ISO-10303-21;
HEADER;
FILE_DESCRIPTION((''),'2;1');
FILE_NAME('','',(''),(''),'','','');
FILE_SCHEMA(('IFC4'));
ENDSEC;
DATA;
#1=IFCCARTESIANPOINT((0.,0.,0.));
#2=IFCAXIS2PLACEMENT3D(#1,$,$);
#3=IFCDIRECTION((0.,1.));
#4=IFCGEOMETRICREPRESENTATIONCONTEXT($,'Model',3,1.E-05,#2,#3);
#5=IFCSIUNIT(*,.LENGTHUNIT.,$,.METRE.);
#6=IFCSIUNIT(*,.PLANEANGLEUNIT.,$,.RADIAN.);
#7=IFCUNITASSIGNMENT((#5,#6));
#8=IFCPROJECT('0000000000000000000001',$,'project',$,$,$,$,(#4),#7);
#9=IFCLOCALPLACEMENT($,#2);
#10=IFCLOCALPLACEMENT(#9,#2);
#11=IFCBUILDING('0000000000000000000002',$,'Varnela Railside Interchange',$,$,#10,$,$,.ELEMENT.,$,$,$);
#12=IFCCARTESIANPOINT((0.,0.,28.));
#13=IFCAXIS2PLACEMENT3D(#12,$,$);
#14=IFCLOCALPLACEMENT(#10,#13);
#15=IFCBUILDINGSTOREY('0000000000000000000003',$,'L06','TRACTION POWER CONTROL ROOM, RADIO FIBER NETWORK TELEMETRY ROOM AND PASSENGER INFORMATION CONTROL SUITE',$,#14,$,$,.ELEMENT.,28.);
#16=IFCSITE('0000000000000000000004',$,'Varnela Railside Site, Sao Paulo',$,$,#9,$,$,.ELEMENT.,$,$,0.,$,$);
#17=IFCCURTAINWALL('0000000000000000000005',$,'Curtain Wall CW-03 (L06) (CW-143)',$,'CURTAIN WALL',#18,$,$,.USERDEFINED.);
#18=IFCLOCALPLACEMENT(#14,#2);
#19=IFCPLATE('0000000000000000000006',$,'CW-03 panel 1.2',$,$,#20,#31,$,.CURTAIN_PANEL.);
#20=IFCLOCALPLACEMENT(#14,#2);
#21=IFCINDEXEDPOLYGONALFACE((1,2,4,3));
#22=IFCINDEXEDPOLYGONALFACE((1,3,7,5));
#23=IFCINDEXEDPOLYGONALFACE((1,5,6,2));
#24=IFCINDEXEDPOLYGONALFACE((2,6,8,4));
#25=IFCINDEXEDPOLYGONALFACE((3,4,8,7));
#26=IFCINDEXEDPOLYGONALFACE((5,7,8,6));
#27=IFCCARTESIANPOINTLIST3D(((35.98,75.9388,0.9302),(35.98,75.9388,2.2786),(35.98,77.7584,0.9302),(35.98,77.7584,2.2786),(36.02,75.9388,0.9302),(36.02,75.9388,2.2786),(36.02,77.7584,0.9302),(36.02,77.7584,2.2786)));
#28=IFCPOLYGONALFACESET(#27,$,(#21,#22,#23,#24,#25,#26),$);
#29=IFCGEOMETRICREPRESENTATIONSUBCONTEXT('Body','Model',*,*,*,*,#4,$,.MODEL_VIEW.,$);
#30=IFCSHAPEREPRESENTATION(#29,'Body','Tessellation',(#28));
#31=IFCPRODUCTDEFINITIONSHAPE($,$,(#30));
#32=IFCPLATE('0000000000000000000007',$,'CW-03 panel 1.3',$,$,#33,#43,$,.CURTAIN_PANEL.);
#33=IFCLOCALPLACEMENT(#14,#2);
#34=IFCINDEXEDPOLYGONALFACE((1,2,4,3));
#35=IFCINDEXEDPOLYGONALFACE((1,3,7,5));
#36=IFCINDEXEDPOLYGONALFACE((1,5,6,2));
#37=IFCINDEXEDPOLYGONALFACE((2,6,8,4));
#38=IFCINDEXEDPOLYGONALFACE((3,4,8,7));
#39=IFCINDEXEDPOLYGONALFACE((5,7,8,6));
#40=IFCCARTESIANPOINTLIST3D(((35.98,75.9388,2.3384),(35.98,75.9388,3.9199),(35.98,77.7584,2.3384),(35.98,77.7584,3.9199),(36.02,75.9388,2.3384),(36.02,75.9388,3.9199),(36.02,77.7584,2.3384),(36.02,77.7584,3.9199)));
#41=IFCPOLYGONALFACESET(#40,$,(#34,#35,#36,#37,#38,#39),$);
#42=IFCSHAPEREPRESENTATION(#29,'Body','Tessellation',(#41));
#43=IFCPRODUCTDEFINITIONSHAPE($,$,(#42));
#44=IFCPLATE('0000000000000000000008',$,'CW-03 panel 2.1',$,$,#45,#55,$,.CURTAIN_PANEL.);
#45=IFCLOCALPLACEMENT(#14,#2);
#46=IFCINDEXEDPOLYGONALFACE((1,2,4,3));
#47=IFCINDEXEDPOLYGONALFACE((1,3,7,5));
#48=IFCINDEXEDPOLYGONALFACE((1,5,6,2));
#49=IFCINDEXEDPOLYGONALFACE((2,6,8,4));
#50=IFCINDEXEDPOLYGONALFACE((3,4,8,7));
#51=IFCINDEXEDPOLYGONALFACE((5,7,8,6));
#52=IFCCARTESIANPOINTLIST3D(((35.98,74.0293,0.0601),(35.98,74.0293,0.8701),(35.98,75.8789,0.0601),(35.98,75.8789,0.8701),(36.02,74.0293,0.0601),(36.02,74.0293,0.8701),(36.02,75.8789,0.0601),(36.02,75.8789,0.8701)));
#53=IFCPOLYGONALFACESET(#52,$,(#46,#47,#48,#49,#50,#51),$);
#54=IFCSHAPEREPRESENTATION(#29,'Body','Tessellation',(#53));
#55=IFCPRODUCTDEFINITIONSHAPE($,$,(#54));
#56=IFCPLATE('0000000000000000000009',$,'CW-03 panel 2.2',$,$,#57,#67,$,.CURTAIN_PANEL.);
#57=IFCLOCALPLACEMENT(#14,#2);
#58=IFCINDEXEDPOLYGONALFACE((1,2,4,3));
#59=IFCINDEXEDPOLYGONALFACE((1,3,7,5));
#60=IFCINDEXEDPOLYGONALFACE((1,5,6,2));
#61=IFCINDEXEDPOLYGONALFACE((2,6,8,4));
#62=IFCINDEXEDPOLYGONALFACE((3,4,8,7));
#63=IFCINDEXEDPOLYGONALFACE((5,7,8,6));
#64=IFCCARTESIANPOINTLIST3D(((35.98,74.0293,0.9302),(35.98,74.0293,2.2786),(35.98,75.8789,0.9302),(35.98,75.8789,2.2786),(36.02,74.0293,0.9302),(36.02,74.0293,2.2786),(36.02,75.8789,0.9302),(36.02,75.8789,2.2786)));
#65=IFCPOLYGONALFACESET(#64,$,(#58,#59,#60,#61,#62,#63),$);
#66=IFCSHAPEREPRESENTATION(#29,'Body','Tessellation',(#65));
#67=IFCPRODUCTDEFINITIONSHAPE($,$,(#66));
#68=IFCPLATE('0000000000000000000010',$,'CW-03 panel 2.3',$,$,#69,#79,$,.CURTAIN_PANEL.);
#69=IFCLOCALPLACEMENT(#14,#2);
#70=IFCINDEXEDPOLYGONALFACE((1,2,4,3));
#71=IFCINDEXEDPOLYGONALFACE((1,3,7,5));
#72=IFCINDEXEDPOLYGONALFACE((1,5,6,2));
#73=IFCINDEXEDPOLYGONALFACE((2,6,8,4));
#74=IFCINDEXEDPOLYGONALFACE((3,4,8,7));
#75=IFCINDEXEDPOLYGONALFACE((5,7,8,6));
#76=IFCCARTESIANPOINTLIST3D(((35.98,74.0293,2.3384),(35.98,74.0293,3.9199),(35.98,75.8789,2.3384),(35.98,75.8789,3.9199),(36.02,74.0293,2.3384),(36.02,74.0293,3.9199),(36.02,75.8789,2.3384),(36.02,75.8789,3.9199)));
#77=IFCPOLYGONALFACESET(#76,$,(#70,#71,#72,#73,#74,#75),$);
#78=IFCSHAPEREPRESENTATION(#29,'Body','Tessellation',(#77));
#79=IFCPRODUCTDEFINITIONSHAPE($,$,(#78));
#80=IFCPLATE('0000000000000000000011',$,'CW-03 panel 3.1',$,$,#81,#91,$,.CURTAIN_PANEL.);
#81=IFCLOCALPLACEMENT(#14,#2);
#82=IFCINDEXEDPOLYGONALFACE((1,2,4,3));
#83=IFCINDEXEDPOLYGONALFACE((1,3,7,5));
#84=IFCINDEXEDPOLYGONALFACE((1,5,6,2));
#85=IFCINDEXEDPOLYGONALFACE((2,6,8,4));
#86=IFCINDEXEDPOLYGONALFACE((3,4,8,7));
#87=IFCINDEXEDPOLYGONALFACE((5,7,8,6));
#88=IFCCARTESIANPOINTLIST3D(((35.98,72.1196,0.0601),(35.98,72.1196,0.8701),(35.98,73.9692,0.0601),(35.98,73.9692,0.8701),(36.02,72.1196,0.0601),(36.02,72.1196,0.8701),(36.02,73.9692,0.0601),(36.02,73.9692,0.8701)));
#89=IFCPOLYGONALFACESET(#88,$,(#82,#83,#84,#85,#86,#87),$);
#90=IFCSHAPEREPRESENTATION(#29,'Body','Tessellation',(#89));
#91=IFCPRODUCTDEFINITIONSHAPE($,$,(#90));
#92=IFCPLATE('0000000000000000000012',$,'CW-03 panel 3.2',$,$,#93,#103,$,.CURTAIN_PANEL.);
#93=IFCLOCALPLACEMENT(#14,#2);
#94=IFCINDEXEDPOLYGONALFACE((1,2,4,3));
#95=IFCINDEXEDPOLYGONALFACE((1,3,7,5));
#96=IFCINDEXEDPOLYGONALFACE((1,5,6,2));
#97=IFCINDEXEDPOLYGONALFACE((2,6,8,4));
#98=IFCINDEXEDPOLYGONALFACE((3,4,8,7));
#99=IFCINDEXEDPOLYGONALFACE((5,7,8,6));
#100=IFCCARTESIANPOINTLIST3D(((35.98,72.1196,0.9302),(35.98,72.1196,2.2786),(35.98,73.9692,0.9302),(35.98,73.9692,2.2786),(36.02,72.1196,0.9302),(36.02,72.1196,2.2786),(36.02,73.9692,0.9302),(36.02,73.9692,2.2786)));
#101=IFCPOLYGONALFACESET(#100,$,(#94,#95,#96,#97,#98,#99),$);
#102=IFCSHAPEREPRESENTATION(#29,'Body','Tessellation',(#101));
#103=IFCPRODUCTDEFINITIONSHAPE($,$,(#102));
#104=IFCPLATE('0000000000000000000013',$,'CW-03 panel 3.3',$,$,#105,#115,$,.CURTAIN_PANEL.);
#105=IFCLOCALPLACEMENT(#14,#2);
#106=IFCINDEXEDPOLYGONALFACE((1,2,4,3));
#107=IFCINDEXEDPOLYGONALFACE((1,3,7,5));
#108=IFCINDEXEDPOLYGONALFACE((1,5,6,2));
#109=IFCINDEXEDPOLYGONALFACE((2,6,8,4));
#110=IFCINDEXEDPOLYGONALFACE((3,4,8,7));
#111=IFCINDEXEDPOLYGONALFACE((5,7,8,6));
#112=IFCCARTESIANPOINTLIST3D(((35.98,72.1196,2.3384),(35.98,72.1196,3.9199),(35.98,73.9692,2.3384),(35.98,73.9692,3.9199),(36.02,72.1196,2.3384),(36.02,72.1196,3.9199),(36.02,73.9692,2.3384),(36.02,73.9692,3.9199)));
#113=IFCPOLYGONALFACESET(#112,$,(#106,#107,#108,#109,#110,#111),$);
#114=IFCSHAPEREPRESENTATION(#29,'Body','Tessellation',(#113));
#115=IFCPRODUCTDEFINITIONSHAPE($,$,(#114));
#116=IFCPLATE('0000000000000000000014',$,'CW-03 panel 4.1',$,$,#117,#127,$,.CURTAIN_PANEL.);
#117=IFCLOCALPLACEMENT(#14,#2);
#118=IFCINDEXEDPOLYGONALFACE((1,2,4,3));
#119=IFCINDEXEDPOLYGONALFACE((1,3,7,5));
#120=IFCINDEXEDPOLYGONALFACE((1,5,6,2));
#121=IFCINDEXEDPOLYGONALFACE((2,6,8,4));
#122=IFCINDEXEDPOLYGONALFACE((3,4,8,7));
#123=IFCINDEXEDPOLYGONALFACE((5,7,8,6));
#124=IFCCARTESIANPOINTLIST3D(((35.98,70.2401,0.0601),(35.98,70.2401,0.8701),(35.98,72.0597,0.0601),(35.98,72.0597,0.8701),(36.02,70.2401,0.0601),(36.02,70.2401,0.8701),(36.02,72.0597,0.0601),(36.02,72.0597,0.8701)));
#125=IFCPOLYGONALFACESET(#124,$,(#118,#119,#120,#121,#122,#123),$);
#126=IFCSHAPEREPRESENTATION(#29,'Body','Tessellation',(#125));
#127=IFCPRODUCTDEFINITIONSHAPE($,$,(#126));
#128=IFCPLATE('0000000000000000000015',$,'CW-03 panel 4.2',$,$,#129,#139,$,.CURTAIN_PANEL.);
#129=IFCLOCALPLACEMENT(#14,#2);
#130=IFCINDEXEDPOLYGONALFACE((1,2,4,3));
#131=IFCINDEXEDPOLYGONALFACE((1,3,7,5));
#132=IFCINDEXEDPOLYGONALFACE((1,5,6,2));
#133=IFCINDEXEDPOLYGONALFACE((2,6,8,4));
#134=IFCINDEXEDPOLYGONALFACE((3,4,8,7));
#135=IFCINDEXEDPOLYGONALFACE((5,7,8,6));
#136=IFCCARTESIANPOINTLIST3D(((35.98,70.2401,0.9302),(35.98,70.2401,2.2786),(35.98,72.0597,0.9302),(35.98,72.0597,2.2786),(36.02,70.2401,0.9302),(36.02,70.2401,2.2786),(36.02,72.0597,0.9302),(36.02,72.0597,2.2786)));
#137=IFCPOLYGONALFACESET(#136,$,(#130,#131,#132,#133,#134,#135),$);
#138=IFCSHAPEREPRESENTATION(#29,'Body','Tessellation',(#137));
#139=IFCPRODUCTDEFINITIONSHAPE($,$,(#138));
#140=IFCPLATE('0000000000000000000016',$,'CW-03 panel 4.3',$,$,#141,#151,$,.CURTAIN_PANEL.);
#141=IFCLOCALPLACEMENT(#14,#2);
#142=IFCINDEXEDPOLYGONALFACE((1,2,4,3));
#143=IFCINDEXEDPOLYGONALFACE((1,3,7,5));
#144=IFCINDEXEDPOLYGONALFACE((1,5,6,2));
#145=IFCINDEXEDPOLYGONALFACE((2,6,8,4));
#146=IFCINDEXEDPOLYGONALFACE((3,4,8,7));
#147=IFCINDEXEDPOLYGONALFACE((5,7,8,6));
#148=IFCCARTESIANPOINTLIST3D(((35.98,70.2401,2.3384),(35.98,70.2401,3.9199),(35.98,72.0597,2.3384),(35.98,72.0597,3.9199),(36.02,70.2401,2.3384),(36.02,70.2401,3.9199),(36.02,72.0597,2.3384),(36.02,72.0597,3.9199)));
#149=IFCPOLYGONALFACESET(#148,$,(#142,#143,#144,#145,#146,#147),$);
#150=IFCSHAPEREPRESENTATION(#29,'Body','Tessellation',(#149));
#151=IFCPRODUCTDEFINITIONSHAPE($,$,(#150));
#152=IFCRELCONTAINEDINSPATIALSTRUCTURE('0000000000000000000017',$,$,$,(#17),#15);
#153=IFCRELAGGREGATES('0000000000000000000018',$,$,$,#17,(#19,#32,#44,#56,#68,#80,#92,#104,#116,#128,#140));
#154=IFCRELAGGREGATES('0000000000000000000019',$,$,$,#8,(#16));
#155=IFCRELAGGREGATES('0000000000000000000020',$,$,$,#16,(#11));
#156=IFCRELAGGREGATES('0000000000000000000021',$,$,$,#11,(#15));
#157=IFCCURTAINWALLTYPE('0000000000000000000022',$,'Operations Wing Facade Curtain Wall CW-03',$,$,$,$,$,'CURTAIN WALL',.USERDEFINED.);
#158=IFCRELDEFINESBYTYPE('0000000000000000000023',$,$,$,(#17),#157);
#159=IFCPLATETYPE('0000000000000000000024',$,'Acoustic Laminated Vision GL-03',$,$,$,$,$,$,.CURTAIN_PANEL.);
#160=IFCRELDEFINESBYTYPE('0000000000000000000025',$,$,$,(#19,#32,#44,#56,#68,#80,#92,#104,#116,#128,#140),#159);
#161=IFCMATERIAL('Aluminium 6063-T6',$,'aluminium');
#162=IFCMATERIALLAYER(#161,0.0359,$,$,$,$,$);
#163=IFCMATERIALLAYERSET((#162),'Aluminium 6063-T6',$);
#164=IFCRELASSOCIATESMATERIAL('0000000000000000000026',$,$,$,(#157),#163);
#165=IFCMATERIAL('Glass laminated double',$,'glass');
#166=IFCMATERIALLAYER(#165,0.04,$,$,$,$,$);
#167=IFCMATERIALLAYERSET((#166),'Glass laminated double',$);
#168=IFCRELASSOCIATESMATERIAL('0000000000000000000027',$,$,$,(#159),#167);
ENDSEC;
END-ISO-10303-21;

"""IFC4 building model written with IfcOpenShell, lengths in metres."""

from ifc_helpers import new_model, si_unit, direction, frame, origin, origin_2d, place, context, subcontext, project, spatial, rectangle, extrude, material, layer, layer_set, type_object, element, aggregate, save


model = new_model("IFC4")

# Units and contexts
model_context = context("Model", 3, precision=1e-05, world=origin(), true_north=direction((0.0, 1.0)))
body_context = subcontext(model_context, "Body", "Model", "MODEL_VIEW")
ifc_project = project(units=[si_unit("LENGTHUNIT", "METRE"), si_unit("PLANEANGLEUNIT", "RADIAN")], contexts=[model_context])

# Site, building, storey
site_placement = place(None, origin())
site = spatial("IfcSite", under=ifc_project, at=site_placement, Name="Varnela Railside Site, Sao Paulo", CompositionType="ELEMENT", RefElevation=0.0)
building_placement = place(site_placement, origin())
building = spatial("IfcBuilding", under=site, at=building_placement, Name="Varnela Railside Interchange", CompositionType="ELEMENT")
storey_placement = place(building_placement, frame((0.0, 0.0, 28.0)))
storey = spatial("IfcBuildingStorey", under=building, at=storey_placement, Name="L06", Description="TRACTION POWER CONTROL ROOM, RADIO FIBER NETWORK TELEMETRY ROOM AND PASSENGER INFORMATION CONTROL SUITE", CompositionType="ELEMENT", Elevation=28.0)

# Curtain wall, plates
ifc_material_1 = material(Name="Aluminium 6063-T6", Category="aluminium")
ifc_layer_1 = layer(ifc_material_1, 0.0359)
ifc_layer_set_1 = layer_set([ifc_layer_1], Name="Aluminium 6063-T6")
curtain_wall_type = type_object("IfcCurtainWallType", Name="Operations Wing Facade Curtain Wall CW-03", ElementType="CURTAIN WALL", PredefinedType="USERDEFINED", material=ifc_layer_set_1)
curtain_wall_placement = place(storey_placement, origin())
curtain_wall = element("IfcCurtainWall", 1, at=curtain_wall_placement, inside=storey, type_object=curtain_wall_type, Name="Curtain Wall CW-03 (L06) (CW-143)", ObjectType="CURTAIN WALL", PredefinedType="USERDEFINED")
ifc_material_2 = material(Name="Glass laminated double", Category="glass")
ifc_layer_2 = layer(ifc_material_2, 0.04)
ifc_layer_set_2 = layer_set([ifc_layer_2], Name="Glass laminated double")
plate_type = type_object("IfcPlateType", Name="Acoustic Laminated Vision GL-03", PredefinedType="CURTAIN_PANEL", material=ifc_layer_set_2)
plate_1_placement = place(storey_placement, frame((36.0, 76.8486, 0.9302), z_axis=(0.0, 0.0, 1.0), x_axis=(0.0, -1.0, 0.0)))
plate_1 = element("IfcPlate", 2, at=plate_1_placement, type_object=plate_type, Name="CW-03 panel 1.2", PredefinedType="CURTAIN_PANEL", context=body_context, shape_type="SweptSolid", body=[
    extrude(rectangle(XDim=1.8196, YDim=0.04, at=origin_2d()), origin(), (0.0, 0.0, 1.0), 1.3484),
])
plate_2_placement = place(storey_placement, frame((36.0, 76.8486, 2.3384), z_axis=(0.0, 0.0, 1.0), x_axis=(0.0, -1.0, 0.0)))
plate_2 = element("IfcPlate", 3, at=plate_2_placement, type_object=plate_type, Name="CW-03 panel 1.3", PredefinedType="CURTAIN_PANEL", context=body_context, shape_type="SweptSolid", body=[
    extrude(rectangle(XDim=1.8196, YDim=0.04, at=origin_2d()), origin(), (0.0, 0.0, 1.0), 1.5815),
])
plate_3_placement = place(storey_placement, frame((36.0, 74.9541, 0.0601), z_axis=(0.0, 0.0, 1.0), x_axis=(0.0, -1.0, 0.0)))
plate_3 = element("IfcPlate", 4, at=plate_3_placement, type_object=plate_type, Name="CW-03 panel 2.1", PredefinedType="CURTAIN_PANEL", context=body_context, shape_type="SweptSolid", body=[
    extrude(rectangle(XDim=1.8496, YDim=0.04, at=origin_2d()), origin(), (0.0, 0.0, 1.0), 0.8101),
])
plate_4_placement = place(storey_placement, frame((36.0, 74.9541, 0.9302), z_axis=(0.0, 0.0, 1.0), x_axis=(0.0, -1.0, 0.0)))
plate_4 = element("IfcPlate", 5, at=plate_4_placement, type_object=plate_type, Name="CW-03 panel 2.2", PredefinedType="CURTAIN_PANEL", context=body_context, shape_type="SweptSolid", body=[
    extrude(rectangle(XDim=1.8496, YDim=0.04, at=origin_2d()), origin(), (0.0, 0.0, 1.0), 1.3484),
])
plate_5_placement = place(storey_placement, frame((36.0, 74.9541, 2.3384), z_axis=(0.0, 0.0, 1.0), x_axis=(0.0, -1.0, 0.0)))
plate_5 = element("IfcPlate", 6, at=plate_5_placement, type_object=plate_type, Name="CW-03 panel 2.3", PredefinedType="CURTAIN_PANEL", context=body_context, shape_type="SweptSolid", body=[
    extrude(rectangle(XDim=1.8496, YDim=0.04, at=origin_2d()), origin(), (0.0, 0.0, 1.0), 1.5815),
])
plate_6_placement = place(storey_placement, frame((36.0, 73.0444, 0.0601), z_axis=(0.0, 0.0, 1.0), x_axis=(0.0, -1.0, 0.0)))
plate_6 = element("IfcPlate", 7, at=plate_6_placement, type_object=plate_type, Name="CW-03 panel 3.1", PredefinedType="CURTAIN_PANEL", context=body_context, shape_type="SweptSolid", body=[
    extrude(rectangle(XDim=1.8496, YDim=0.04, at=origin_2d()), origin(), (0.0, 0.0, 1.0), 0.8101),
])
plate_7_placement = place(storey_placement, frame((36.0, 73.0444, 0.9302), z_axis=(0.0, 0.0, 1.0), x_axis=(0.0, -1.0, 0.0)))
plate_7 = element("IfcPlate", 8, at=plate_7_placement, type_object=plate_type, Name="CW-03 panel 3.2", PredefinedType="CURTAIN_PANEL", context=body_context, shape_type="SweptSolid", body=[
    extrude(rectangle(XDim=1.8496, YDim=0.04, at=origin_2d()), origin(), (0.0, 0.0, 1.0), 1.3484),
])
plate_8_placement = place(storey_placement, frame((36.0, 73.0444, 2.3384), z_axis=(0.0, 0.0, 1.0), x_axis=(0.0, -1.0, 0.0)))
plate_8 = element("IfcPlate", 9, at=plate_8_placement, type_object=plate_type, Name="CW-03 panel 3.3", PredefinedType="CURTAIN_PANEL", context=body_context, shape_type="SweptSolid", body=[
    extrude(rectangle(XDim=1.8496, YDim=0.04, at=origin_2d()), origin(), (0.0, 0.0, 1.0), 1.5815),
])
plate_9_placement = place(storey_placement, frame((36.0, 71.1499, 0.0601), z_axis=(0.0, 0.0, 1.0), x_axis=(0.0, -1.0, 0.0)))
plate_9 = element("IfcPlate", 10, at=plate_9_placement, type_object=plate_type, Name="CW-03 panel 4.1", PredefinedType="CURTAIN_PANEL", context=body_context, shape_type="SweptSolid", body=[
    extrude(rectangle(XDim=1.8196, YDim=0.04, at=origin_2d()), origin(), (0.0, 0.0, 1.0), 0.8101),
])
plate_10_placement = place(storey_placement, frame((36.0, 71.1499, 0.9302), z_axis=(0.0, 0.0, 1.0), x_axis=(0.0, -1.0, 0.0)))
plate_10 = element("IfcPlate", 11, at=plate_10_placement, type_object=plate_type, Name="CW-03 panel 4.2", PredefinedType="CURTAIN_PANEL", context=body_context, shape_type="SweptSolid", body=[
    extrude(rectangle(XDim=1.8196, YDim=0.04, at=origin_2d()), origin(), (0.0, 0.0, 1.0), 1.3484),
])
plate_11_placement = place(storey_placement, frame((36.0, 71.1499, 2.3384), z_axis=(0.0, 0.0, 1.0), x_axis=(0.0, -1.0, 0.0)))
plate_11 = element("IfcPlate", 12, at=plate_11_placement, type_object=plate_type, Name="CW-03 panel 4.3", PredefinedType="CURTAIN_PANEL", context=body_context, shape_type="SweptSolid", body=[
    extrude(rectangle(XDim=1.8196, YDim=0.04, at=origin_2d()), origin(), (0.0, 0.0, 1.0), 1.5815),
])
aggregate(curtain_wall, [plate_1, plate_2, plate_3, plate_4, plate_5, plate_6, plate_7, plate_8, plate_9, plate_10, plate_11])

save(model, "model.ifc")
